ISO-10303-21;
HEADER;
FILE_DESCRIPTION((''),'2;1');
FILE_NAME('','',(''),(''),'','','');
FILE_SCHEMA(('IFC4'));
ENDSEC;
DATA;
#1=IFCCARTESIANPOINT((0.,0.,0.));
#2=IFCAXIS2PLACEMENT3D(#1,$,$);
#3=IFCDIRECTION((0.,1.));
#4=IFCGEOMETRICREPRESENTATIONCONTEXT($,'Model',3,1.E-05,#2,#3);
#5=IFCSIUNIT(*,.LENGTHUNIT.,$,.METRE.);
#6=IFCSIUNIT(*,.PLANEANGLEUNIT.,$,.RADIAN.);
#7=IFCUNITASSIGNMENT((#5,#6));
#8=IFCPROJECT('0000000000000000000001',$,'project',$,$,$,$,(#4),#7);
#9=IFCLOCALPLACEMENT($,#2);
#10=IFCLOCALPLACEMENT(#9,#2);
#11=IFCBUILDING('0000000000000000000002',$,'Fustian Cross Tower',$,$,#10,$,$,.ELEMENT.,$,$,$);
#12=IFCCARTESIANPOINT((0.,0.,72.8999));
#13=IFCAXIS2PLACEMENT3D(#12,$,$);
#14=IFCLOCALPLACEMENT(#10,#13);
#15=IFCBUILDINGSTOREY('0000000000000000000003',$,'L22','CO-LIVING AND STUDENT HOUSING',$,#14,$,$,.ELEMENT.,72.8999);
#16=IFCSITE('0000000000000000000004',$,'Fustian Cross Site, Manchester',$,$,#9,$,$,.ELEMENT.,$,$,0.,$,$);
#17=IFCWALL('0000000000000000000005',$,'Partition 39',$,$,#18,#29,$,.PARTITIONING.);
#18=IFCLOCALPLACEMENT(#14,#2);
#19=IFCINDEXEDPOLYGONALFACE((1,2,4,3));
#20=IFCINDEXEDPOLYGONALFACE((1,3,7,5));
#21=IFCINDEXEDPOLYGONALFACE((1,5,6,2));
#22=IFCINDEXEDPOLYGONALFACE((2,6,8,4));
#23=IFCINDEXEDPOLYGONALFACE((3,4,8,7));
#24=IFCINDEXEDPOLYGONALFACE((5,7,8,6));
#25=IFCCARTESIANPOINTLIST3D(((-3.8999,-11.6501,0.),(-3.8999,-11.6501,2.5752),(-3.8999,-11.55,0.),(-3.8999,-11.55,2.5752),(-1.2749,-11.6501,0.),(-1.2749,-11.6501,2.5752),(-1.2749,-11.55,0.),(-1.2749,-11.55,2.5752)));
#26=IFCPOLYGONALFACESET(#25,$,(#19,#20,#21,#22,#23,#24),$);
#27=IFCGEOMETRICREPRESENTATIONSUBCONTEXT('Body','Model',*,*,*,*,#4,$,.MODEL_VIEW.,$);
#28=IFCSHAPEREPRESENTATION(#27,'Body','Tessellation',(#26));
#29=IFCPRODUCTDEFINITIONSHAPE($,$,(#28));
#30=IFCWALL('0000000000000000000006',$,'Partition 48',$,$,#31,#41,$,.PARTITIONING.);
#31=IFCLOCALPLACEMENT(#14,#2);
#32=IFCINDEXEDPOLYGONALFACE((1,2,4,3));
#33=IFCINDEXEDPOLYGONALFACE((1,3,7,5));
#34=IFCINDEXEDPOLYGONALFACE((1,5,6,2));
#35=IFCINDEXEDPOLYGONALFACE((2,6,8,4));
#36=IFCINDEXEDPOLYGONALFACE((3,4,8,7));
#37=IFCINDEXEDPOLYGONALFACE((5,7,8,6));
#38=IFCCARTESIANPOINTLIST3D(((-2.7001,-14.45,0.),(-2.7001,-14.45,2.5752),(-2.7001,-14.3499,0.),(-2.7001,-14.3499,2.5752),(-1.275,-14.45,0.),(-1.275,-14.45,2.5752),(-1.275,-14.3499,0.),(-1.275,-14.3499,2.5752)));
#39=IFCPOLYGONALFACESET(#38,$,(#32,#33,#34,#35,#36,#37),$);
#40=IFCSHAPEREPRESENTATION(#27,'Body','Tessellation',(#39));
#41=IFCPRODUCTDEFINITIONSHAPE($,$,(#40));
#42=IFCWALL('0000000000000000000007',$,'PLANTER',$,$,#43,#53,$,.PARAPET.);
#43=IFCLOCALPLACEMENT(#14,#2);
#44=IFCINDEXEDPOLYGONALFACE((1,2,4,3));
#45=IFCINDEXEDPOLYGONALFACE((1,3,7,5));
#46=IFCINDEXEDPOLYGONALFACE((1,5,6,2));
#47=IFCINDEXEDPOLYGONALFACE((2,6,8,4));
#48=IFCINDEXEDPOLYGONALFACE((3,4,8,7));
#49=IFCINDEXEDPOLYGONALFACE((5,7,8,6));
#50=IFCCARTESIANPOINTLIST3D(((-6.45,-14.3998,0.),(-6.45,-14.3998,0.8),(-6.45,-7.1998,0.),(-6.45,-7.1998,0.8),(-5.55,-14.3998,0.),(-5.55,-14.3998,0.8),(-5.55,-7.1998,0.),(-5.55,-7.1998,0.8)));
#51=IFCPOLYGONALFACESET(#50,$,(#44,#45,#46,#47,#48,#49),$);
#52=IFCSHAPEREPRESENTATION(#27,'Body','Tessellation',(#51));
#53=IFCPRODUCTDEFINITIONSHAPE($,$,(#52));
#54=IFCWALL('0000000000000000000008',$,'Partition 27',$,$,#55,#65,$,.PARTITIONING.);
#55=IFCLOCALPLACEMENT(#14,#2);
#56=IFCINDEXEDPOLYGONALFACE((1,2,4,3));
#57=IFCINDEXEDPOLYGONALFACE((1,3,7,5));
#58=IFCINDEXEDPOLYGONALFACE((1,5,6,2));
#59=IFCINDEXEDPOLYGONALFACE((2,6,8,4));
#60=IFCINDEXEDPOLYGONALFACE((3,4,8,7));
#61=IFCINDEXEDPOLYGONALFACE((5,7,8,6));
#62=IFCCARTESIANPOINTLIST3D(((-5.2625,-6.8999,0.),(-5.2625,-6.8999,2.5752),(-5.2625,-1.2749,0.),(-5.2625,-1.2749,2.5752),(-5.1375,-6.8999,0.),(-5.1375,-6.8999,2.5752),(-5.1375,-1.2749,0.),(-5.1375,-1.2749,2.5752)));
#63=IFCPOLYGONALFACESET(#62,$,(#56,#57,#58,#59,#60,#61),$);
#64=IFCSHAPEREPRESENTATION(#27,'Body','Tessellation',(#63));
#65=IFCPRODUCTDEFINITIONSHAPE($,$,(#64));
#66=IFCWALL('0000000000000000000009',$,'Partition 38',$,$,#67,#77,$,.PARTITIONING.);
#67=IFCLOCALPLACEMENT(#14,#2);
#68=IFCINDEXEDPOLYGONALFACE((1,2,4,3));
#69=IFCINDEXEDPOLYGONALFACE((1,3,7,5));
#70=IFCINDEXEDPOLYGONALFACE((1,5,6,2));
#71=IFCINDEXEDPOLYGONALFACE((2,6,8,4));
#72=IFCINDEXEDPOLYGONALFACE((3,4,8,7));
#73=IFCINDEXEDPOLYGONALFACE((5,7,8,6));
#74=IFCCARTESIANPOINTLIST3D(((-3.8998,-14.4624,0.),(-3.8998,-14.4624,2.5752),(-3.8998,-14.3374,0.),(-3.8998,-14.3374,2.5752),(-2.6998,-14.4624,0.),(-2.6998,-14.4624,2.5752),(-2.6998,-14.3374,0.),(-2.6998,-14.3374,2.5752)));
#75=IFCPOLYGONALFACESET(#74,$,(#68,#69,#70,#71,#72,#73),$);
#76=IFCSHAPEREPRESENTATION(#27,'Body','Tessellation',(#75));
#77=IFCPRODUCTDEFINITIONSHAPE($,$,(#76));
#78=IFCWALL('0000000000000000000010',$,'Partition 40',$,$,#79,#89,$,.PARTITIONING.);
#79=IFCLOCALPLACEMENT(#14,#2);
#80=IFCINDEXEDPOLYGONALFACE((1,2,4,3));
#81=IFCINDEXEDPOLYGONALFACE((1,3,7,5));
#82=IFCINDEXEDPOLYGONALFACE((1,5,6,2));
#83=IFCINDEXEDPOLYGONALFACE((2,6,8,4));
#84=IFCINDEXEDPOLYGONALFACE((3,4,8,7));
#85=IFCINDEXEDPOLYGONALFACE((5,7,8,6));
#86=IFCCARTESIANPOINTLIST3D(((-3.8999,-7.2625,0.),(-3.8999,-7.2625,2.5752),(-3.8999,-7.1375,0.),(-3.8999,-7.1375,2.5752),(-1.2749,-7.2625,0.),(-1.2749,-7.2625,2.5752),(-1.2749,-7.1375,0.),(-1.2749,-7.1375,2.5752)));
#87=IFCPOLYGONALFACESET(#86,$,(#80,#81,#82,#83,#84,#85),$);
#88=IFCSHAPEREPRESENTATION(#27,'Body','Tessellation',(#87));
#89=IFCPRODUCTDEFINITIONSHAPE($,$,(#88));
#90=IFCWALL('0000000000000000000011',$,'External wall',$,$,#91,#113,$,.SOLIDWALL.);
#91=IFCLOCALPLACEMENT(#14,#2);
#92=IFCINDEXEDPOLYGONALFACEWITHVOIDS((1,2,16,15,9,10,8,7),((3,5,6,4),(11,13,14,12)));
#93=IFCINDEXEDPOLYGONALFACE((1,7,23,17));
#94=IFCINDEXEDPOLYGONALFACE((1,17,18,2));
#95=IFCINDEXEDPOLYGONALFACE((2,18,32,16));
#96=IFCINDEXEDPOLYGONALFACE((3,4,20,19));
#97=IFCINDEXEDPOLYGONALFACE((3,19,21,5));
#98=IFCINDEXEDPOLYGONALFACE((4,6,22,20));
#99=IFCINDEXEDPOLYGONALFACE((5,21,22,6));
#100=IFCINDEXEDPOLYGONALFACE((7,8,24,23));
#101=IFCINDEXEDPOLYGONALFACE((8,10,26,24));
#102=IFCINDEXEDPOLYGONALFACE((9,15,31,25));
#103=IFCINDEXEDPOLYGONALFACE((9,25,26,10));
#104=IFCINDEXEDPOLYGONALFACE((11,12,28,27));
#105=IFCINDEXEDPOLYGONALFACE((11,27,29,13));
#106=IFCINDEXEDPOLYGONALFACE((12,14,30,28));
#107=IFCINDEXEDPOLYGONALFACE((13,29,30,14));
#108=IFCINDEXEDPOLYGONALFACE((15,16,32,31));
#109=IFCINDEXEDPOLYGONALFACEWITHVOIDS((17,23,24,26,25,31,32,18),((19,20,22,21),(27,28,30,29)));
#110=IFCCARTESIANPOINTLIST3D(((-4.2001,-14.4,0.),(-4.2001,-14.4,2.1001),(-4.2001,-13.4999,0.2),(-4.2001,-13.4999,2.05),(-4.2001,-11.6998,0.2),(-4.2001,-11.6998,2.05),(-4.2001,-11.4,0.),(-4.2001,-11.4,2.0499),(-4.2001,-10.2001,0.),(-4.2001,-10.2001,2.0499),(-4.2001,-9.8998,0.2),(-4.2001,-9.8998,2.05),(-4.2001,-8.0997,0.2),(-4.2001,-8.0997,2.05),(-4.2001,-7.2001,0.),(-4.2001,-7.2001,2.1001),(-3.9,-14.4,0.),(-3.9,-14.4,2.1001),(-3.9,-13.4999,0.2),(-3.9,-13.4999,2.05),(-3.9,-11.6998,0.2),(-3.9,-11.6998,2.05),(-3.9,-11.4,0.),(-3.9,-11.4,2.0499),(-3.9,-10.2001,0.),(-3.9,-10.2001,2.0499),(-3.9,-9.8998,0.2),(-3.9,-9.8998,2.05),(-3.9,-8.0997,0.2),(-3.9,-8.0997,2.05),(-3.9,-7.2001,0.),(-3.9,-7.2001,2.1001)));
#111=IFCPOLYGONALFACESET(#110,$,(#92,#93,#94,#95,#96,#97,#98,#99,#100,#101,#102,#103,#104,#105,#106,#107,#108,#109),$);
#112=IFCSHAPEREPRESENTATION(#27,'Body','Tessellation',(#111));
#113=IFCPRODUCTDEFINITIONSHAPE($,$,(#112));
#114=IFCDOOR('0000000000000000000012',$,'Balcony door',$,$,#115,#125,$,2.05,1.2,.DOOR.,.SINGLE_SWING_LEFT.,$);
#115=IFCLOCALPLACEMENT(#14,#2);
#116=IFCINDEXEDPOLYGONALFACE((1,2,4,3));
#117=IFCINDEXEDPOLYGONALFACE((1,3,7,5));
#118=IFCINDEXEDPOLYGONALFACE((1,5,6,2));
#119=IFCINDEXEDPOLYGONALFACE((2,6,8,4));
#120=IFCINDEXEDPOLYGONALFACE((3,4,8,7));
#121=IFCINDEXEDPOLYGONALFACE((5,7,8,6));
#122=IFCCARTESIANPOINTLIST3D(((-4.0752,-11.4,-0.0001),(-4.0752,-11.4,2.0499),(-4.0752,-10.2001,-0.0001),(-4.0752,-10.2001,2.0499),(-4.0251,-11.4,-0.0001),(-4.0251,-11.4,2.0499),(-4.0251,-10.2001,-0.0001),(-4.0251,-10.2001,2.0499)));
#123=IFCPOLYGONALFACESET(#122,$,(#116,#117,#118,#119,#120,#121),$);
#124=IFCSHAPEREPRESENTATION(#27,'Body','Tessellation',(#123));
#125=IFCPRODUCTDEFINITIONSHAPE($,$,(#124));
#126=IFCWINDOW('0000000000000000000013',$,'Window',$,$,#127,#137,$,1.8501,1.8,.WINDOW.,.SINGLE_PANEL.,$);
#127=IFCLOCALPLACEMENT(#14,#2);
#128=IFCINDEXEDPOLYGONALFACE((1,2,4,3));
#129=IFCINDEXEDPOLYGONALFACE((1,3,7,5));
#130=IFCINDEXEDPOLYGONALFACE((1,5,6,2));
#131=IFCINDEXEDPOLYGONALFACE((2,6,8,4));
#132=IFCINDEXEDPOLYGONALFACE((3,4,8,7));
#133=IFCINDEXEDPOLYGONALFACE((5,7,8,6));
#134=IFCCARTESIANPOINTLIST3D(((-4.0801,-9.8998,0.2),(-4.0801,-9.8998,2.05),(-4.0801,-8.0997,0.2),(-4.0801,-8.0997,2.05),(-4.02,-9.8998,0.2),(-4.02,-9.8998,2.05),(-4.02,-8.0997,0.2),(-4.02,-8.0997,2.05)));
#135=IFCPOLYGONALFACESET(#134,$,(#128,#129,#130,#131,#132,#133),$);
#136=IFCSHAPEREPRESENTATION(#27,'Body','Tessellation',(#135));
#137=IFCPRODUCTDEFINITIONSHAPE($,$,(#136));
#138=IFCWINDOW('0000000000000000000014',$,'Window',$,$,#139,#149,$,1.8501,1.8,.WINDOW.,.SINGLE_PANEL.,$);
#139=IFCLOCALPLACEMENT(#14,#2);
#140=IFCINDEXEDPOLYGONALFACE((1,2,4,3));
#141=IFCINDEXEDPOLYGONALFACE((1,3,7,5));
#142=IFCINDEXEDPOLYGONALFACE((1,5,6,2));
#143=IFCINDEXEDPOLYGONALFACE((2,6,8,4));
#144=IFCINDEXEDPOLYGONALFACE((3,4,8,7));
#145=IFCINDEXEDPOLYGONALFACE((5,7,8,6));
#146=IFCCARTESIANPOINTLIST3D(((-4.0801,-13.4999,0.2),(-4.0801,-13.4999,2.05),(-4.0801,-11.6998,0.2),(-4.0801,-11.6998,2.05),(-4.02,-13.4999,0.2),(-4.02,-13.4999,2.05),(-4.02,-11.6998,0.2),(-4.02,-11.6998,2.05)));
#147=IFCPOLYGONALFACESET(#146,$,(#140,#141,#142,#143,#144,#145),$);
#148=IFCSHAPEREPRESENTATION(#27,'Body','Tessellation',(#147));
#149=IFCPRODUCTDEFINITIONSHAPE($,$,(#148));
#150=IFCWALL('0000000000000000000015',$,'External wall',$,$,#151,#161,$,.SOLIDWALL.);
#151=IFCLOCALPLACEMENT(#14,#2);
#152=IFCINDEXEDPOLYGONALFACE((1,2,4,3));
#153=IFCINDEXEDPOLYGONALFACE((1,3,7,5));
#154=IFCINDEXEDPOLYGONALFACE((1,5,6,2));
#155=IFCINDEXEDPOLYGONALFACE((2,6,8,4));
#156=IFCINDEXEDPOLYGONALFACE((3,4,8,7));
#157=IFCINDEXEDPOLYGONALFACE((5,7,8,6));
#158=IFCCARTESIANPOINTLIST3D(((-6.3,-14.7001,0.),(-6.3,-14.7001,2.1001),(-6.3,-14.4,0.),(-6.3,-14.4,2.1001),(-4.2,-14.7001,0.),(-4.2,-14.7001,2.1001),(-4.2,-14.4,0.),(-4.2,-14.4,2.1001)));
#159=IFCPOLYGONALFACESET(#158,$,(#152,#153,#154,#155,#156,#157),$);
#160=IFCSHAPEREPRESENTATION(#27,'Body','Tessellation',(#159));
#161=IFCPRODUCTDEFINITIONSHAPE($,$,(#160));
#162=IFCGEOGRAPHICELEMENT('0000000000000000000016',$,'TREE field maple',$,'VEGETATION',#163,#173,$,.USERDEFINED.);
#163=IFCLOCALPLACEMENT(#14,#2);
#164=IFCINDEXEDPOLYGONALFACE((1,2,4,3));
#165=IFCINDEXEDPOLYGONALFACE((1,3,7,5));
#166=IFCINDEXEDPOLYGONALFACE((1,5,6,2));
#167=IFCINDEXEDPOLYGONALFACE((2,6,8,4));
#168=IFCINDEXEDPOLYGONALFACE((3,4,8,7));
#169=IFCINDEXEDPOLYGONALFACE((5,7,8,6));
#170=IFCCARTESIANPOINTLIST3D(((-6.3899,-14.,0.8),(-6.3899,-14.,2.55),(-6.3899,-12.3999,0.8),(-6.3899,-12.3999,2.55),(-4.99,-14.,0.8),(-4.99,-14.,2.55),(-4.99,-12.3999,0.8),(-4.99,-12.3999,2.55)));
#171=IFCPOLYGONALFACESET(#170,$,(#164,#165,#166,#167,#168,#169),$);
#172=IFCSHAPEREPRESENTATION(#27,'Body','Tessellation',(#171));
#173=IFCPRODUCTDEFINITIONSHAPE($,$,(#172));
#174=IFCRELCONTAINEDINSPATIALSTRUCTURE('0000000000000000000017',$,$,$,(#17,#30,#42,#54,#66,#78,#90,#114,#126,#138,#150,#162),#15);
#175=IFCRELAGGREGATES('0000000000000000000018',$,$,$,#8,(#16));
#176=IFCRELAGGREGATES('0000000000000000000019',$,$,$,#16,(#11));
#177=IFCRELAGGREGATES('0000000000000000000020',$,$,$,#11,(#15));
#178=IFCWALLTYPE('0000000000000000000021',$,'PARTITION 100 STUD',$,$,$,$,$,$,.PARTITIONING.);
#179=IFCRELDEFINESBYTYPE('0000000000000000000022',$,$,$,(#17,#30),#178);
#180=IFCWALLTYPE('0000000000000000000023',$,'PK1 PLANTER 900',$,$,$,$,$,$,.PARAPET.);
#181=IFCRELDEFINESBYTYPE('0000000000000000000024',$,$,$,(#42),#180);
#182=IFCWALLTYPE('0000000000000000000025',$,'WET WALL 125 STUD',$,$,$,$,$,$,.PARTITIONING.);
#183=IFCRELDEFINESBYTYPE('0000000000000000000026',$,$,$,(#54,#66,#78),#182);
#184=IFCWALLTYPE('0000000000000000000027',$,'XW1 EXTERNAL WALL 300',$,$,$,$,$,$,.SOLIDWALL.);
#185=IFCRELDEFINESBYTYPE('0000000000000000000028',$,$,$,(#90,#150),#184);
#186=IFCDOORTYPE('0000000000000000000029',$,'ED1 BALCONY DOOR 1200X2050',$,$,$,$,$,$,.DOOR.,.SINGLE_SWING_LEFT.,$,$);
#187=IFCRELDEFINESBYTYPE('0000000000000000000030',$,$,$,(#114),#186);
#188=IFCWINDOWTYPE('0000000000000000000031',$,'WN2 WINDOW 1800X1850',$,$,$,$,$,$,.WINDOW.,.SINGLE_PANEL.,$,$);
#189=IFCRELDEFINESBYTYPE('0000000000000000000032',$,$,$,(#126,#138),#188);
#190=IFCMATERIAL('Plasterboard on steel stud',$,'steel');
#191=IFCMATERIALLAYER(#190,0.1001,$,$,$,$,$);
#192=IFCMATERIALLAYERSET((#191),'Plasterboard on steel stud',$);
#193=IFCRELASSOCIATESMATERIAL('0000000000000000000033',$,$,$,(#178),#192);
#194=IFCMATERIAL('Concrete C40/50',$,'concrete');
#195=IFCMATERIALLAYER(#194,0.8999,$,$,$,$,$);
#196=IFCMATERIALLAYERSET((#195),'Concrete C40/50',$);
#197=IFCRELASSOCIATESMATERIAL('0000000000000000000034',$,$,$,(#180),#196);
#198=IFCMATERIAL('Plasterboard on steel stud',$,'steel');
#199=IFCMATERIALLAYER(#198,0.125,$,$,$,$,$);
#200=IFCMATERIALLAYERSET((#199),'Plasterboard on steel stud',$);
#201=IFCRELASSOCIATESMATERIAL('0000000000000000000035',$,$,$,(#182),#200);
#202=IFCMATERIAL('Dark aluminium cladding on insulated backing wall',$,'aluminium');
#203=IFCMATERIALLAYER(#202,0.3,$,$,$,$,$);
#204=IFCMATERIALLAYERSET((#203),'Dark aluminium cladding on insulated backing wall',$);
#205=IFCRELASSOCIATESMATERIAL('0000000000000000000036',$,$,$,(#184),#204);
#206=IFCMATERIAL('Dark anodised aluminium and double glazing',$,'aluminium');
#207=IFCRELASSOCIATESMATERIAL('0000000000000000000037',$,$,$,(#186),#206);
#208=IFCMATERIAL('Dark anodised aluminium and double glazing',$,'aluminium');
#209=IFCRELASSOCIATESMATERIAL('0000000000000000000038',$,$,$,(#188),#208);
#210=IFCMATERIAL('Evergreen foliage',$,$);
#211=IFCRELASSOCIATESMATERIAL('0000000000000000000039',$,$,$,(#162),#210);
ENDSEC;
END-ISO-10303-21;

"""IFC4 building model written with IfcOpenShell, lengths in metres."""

from ifc_helpers import new_model, si_unit, direction, frame, frame_2d, origin, origin_2d, place, context, subcontext, project, spatial, rectangle, extrude, material, layer, layer_set, type_object, element, fill, save


model = new_model("IFC4")

# Units and contexts
model_context = context("Model", 3, precision=1e-05, world=origin(), true_north=direction((0.0, 1.0)))
body_context = subcontext(model_context, "Body", "Model", "MODEL_VIEW")
ifc_project = project(units=[si_unit("LENGTHUNIT", "METRE"), si_unit("PLANEANGLEUNIT", "RADIAN")], contexts=[model_context])

# Site, building, storey
site_placement = place(None, origin())
site = spatial("IfcSite", under=ifc_project, at=site_placement, Name="Fustian Cross Site, Manchester", CompositionType="ELEMENT", RefElevation=0.0)
building_placement = place(site_placement, origin())
building = spatial("IfcBuilding", under=site, at=building_placement, Name="Fustian Cross Tower", CompositionType="ELEMENT")
storey_placement = place(building_placement, frame((0.0, 0.0, 72.8999)))
storey = spatial("IfcBuildingStorey", under=building, at=storey_placement, Name="L22", Description="CO-LIVING AND STUDENT HOUSING", CompositionType="ELEMENT", Elevation=72.8999)

# Shared definitions
ifc_material_1 = material(Name="Plasterboard on steel stud", Category="steel")
ifc_layer_1 = layer(ifc_material_1, 0.1001)
ifc_layer_set_1 = layer_set([ifc_layer_1], Name="Plasterboard on steel stud")
wall_type_1 = type_object("IfcWallType", Name="PARTITION 100 STUD", PredefinedType="PARTITIONING", material=ifc_layer_set_1)

# Walls
wall_1_placement = place(storey_placement, frame((-3.8999, -11.6001, 0.0), z_axis=(0.0, 0.0, 1.0), x_axis=(1.0, 0.0, 0.0)))
element("IfcWall", 1, at=wall_1_placement, inside=storey, type_object=wall_type_1, Name="Partition 39", PredefinedType="PARTITIONING", context=body_context, shape_type="SweptSolid", body=[
    extrude(rectangle(XDim=2.625, YDim=0.1001, at=frame_2d((1.3125, 0.0))), origin(), (0.0, 0.0, 1.0), 2.5752),
])
wall_2_placement = place(storey_placement, frame((-2.7, -14.3999, 0.0), z_axis=(0.0, 0.0, 1.0), x_axis=(1.0, 0.0, 0.0)))
element("IfcWall", 2, at=wall_2_placement, inside=storey, type_object=wall_type_1, Name="Partition 48", PredefinedType="PARTITIONING", context=body_context, shape_type="SweptSolid", body=[
    extrude(rectangle(XDim=1.425, YDim=0.1001, at=frame_2d((0.7124, 0.0))), origin(), (0.0, 0.0, 1.0), 2.5752),
])
ifc_material_2 = material(Name="Concrete C40/50", Category="concrete")
ifc_layer_2 = layer(ifc_material_2, 0.8999)
ifc_layer_set_2 = layer_set([ifc_layer_2], Name="Concrete C40/50")
wall_type_2 = type_object("IfcWallType", Name="PK1 PLANTER 900", PredefinedType="PARAPET", material=ifc_layer_set_2)
wall_3_placement = place(storey_placement, frame((-6.0, -14.3999, 0.0), z_axis=(0.0, 0.0, 1.0), x_axis=(0.0, 1.0, 0.0)))
element("IfcWall", 3, at=wall_3_placement, inside=storey, type_object=wall_type_2, Name="PLANTER", PredefinedType="PARAPET", context=body_context, shape_type="SweptSolid", body=[
    extrude(rectangle(XDim=7.2, YDim=0.8999, at=frame_2d((3.6001, 0.0))), origin(), (0.0, 0.0, 1.0), 0.8),
])
ifc_material_3 = material(Name="Plasterboard on steel stud", Category="steel")
ifc_layer_3 = layer(ifc_material_3, 0.125)
ifc_layer_set_3 = layer_set([ifc_layer_3], Name="Plasterboard on steel stud")
wall_type_3 = type_object("IfcWallType", Name="WET WALL 125 STUD", PredefinedType="PARTITIONING", material=ifc_layer_set_3)
wall_4_placement = place(storey_placement, frame((-5.2, -6.8999, 0.0), z_axis=(0.0, 0.0, 1.0), x_axis=(0.0, 1.0, 0.0)))
element("IfcWall", 4, at=wall_4_placement, inside=storey, type_object=wall_type_3, Name="Partition 27", PredefinedType="PARTITIONING", context=body_context, shape_type="SweptSolid", body=[
    extrude(rectangle(XDim=5.625, YDim=0.125, at=frame_2d((2.8125, 0.0))), origin(), (0.0, 0.0, 1.0), 2.5752),
])
wall_5_placement = place(storey_placement, frame((-3.8999, -14.3999, 0.0), z_axis=(0.0, 0.0, 1.0), x_axis=(1.0, 0.0, 0.0)))
element("IfcWall", 5, at=wall_5_placement, inside=storey, type_object=wall_type_3, Name="Partition 38", PredefinedType="PARTITIONING", context=body_context, shape_type="SweptSolid", body=[
    extrude(rectangle(XDim=1.2, YDim=0.125, at=frame_2d((0.6001, 0.0))), origin(), (0.0, 0.0, 1.0), 2.5752),
])
wall_6_placement = place(storey_placement, frame((-3.8999, -7.2, 0.0), z_axis=(0.0, 0.0, 1.0), x_axis=(1.0, 0.0, 0.0)))
element("IfcWall", 6, at=wall_6_placement, inside=storey, type_object=wall_type_3, Name="Partition 40", PredefinedType="PARTITIONING", context=body_context, shape_type="SweptSolid", body=[
    extrude(rectangle(XDim=2.625, YDim=0.125, at=frame_2d((1.3125, 0.0))), origin(), (0.0, 0.0, 1.0), 2.5752),
])

# Wall, openings, door, windows
ifc_material_4 = material(Name="Dark aluminium cladding on insulated backing wall", Category="aluminium")
ifc_layer_4 = layer(ifc_material_4, 0.3)
ifc_layer_set_4 = layer_set([ifc_layer_4], Name="Dark aluminium cladding on insulated backing wall")
wall_type_4 = type_object("IfcWallType", Name="XW1 EXTERNAL WALL 300", PredefinedType="SOLIDWALL", material=ifc_layer_set_4)
wall_7_placement = place(storey_placement, frame((-4.05, -7.2, 0.0), z_axis=(0.0, 0.0, 1.0), x_axis=(0.0, -1.0, 0.0)))
wall_7 = element("IfcWall", 7, at=wall_7_placement, inside=storey, type_object=wall_type_4, Name="External wall", PredefinedType="SOLIDWALL", context=body_context, shape_type="SweptSolid", body=[
    extrude(rectangle(XDim=7.2, YDim=0.3, at=frame_2d((3.6001, 0.0))), origin(), (0.0, 0.0, 1.0), 2.1001),
])
opening_1_placement = place(wall_7_placement, frame((3.0, 0.0, 0.0)))
opening_1 = element("IfcOpeningElement", 8, at=opening_1_placement, cuts=wall_7, PredefinedType="OPENING", context=body_context, shape_type="SweptSolid", body=[
    extrude(rectangle(XDim=1.2, YDim=2.05, at=frame_2d((0.6001, 1.0249))), frame((0.0, 0.1599, 0.0), z_axis=(0.0, -1.0, 0.0), x_axis=(1.0, 0.0, 0.0)), (0.0, 0.0, 1.0), 0.3201),
])
opening_2_placement = place(wall_7_placement, frame((0.8999, 0.0, 0.2)))
opening_2 = element("IfcOpeningElement", 9, at=opening_2_placement, cuts=wall_7, PredefinedType="OPENING", context=body_context, shape_type="SweptSolid", body=[
    extrude(rectangle(XDim=1.8, YDim=1.8501, at=frame_2d((0.8999, 0.925))), frame((0.0, 0.1599, 0.0), z_axis=(0.0, -1.0, 0.0), x_axis=(1.0, 0.0, 0.0)), (0.0, 0.0, 1.0), 0.3201),
])
opening_3_placement = place(wall_7_placement, frame((4.5, 0.0, 0.2)))
opening_3 = element("IfcOpeningElement", 10, at=opening_3_placement, cuts=wall_7, PredefinedType="OPENING", context=body_context, shape_type="SweptSolid", body=[
    extrude(rectangle(XDim=1.8, YDim=1.8501, at=frame_2d((0.8999, 0.925))), frame((0.0, 0.1599, 0.0), z_axis=(0.0, -1.0, 0.0), x_axis=(1.0, 0.0, 0.0)), (0.0, 0.0, 1.0), 0.3201),
])
ifc_material_5 = material(Name="Dark anodised aluminium and double glazing", Category="aluminium")
door_type_1 = type_object("IfcDoorType", Name="ED1 BALCONY DOOR 1200X2050", OperationType="SINGLE_SWING_LEFT", PredefinedType="DOOR", material=ifc_material_5)
door_1_placement = place(opening_1_placement, origin())
door_1 = element("IfcDoor", 11, at=door_1_placement, inside=storey, type_object=door_type_1, Name="Balcony door", OperationType="SINGLE_SWING_LEFT", OverallHeight=2.05, OverallWidth=1.2, PredefinedType="DOOR", context=body_context, shape_type="SweptSolid", body=[
    extrude(rectangle(XDim=1.2, YDim=2.05, at=frame_2d((0.6001, 1.0249))), frame((0.0, 0.0249, 0.0), z_axis=(0.0, -1.0, 0.0), x_axis=(1.0, 0.0, 0.0)), (0.0, 0.0, 1.0), 0.05),
])
fill(opening_1, door_1)
ifc_material_6 = material(Name="Dark anodised aluminium and double glazing", Category="aluminium")
window_type = type_object("IfcWindowType", Name="WN2 WINDOW 1800X1850", PartitioningType="SINGLE_PANEL", PredefinedType="WINDOW", material=ifc_material_6)
window_1_placement = place(opening_2_placement, origin())
window_1 = element("IfcWindow", 12, at=window_1_placement, inside=storey, type_object=window_type, Name="Window", OverallHeight=1.8501, OverallWidth=1.8, PartitioningType="SINGLE_PANEL", PredefinedType="WINDOW", context=body_context, shape_type="SweptSolid", body=[
    extrude(rectangle(XDim=1.8, YDim=1.8501, at=frame_2d((0.8999, 0.925))), frame((0.0, 0.03, 0.0), z_axis=(0.0, -1.0, 0.0), x_axis=(1.0, 0.0, 0.0)), (0.0, 0.0, 1.0), 0.0601),
])
fill(opening_2, window_1)
window_2_placement = place(opening_3_placement, origin())
window_2 = element("IfcWindow", 13, at=window_2_placement, inside=storey, type_object=window_type, Name="Window", OverallHeight=1.8501, OverallWidth=1.8, PartitioningType="SINGLE_PANEL", PredefinedType="WINDOW", context=body_context, shape_type="SweptSolid", body=[
    extrude(rectangle(XDim=1.8, YDim=1.8501, at=frame_2d((0.8999, 0.925))), frame((0.0, 0.03, 0.0), z_axis=(0.0, -1.0, 0.0), x_axis=(1.0, 0.0, 0.0)), (0.0, 0.0, 1.0), 0.0601),
])
fill(opening_3, window_2)

# Wall
wall_8_placement = place(storey_placement, frame((-4.2, -14.55, 0.0), z_axis=(0.0, 0.0, 1.0), x_axis=(-1.0, 0.0, 0.0)))
element("IfcWall", 14, at=wall_8_placement, inside=storey, type_object=wall_type_4, Name="External wall", PredefinedType="SOLIDWALL", context=body_context, shape_type="SweptSolid", body=[
    extrude(rectangle(XDim=2.1001, YDim=0.3, at=frame_2d((1.05, 0.0))), origin(), (0.0, 0.0, 1.0), 2.1001),
])

# Geographic element
ifc_material_7 = material(Name="Evergreen foliage")
for number, where, z_axis, x_axis, name in (
    (15, (-5.6899, -13.2, 0.8), (0.0, 0.0, 1.0), (1.0, 0.0, 0.0), "TREE field maple"),
):
    element("IfcGeographicElement", number, at=place(storey_placement, frame(where, z_axis=z_axis, x_axis=x_axis)), inside=storey, material=ifc_material_7, Name=name, ObjectType="VEGETATION", PredefinedType="USERDEFINED", context=body_context, shape_type="SweptSolid", body=[
        extrude(rectangle(XDim=1.3999, YDim=1.6001, at=origin_2d()), origin(), (0.0, 0.0, 1.0), 1.75),
    ])

save(model, "model.ifc")
